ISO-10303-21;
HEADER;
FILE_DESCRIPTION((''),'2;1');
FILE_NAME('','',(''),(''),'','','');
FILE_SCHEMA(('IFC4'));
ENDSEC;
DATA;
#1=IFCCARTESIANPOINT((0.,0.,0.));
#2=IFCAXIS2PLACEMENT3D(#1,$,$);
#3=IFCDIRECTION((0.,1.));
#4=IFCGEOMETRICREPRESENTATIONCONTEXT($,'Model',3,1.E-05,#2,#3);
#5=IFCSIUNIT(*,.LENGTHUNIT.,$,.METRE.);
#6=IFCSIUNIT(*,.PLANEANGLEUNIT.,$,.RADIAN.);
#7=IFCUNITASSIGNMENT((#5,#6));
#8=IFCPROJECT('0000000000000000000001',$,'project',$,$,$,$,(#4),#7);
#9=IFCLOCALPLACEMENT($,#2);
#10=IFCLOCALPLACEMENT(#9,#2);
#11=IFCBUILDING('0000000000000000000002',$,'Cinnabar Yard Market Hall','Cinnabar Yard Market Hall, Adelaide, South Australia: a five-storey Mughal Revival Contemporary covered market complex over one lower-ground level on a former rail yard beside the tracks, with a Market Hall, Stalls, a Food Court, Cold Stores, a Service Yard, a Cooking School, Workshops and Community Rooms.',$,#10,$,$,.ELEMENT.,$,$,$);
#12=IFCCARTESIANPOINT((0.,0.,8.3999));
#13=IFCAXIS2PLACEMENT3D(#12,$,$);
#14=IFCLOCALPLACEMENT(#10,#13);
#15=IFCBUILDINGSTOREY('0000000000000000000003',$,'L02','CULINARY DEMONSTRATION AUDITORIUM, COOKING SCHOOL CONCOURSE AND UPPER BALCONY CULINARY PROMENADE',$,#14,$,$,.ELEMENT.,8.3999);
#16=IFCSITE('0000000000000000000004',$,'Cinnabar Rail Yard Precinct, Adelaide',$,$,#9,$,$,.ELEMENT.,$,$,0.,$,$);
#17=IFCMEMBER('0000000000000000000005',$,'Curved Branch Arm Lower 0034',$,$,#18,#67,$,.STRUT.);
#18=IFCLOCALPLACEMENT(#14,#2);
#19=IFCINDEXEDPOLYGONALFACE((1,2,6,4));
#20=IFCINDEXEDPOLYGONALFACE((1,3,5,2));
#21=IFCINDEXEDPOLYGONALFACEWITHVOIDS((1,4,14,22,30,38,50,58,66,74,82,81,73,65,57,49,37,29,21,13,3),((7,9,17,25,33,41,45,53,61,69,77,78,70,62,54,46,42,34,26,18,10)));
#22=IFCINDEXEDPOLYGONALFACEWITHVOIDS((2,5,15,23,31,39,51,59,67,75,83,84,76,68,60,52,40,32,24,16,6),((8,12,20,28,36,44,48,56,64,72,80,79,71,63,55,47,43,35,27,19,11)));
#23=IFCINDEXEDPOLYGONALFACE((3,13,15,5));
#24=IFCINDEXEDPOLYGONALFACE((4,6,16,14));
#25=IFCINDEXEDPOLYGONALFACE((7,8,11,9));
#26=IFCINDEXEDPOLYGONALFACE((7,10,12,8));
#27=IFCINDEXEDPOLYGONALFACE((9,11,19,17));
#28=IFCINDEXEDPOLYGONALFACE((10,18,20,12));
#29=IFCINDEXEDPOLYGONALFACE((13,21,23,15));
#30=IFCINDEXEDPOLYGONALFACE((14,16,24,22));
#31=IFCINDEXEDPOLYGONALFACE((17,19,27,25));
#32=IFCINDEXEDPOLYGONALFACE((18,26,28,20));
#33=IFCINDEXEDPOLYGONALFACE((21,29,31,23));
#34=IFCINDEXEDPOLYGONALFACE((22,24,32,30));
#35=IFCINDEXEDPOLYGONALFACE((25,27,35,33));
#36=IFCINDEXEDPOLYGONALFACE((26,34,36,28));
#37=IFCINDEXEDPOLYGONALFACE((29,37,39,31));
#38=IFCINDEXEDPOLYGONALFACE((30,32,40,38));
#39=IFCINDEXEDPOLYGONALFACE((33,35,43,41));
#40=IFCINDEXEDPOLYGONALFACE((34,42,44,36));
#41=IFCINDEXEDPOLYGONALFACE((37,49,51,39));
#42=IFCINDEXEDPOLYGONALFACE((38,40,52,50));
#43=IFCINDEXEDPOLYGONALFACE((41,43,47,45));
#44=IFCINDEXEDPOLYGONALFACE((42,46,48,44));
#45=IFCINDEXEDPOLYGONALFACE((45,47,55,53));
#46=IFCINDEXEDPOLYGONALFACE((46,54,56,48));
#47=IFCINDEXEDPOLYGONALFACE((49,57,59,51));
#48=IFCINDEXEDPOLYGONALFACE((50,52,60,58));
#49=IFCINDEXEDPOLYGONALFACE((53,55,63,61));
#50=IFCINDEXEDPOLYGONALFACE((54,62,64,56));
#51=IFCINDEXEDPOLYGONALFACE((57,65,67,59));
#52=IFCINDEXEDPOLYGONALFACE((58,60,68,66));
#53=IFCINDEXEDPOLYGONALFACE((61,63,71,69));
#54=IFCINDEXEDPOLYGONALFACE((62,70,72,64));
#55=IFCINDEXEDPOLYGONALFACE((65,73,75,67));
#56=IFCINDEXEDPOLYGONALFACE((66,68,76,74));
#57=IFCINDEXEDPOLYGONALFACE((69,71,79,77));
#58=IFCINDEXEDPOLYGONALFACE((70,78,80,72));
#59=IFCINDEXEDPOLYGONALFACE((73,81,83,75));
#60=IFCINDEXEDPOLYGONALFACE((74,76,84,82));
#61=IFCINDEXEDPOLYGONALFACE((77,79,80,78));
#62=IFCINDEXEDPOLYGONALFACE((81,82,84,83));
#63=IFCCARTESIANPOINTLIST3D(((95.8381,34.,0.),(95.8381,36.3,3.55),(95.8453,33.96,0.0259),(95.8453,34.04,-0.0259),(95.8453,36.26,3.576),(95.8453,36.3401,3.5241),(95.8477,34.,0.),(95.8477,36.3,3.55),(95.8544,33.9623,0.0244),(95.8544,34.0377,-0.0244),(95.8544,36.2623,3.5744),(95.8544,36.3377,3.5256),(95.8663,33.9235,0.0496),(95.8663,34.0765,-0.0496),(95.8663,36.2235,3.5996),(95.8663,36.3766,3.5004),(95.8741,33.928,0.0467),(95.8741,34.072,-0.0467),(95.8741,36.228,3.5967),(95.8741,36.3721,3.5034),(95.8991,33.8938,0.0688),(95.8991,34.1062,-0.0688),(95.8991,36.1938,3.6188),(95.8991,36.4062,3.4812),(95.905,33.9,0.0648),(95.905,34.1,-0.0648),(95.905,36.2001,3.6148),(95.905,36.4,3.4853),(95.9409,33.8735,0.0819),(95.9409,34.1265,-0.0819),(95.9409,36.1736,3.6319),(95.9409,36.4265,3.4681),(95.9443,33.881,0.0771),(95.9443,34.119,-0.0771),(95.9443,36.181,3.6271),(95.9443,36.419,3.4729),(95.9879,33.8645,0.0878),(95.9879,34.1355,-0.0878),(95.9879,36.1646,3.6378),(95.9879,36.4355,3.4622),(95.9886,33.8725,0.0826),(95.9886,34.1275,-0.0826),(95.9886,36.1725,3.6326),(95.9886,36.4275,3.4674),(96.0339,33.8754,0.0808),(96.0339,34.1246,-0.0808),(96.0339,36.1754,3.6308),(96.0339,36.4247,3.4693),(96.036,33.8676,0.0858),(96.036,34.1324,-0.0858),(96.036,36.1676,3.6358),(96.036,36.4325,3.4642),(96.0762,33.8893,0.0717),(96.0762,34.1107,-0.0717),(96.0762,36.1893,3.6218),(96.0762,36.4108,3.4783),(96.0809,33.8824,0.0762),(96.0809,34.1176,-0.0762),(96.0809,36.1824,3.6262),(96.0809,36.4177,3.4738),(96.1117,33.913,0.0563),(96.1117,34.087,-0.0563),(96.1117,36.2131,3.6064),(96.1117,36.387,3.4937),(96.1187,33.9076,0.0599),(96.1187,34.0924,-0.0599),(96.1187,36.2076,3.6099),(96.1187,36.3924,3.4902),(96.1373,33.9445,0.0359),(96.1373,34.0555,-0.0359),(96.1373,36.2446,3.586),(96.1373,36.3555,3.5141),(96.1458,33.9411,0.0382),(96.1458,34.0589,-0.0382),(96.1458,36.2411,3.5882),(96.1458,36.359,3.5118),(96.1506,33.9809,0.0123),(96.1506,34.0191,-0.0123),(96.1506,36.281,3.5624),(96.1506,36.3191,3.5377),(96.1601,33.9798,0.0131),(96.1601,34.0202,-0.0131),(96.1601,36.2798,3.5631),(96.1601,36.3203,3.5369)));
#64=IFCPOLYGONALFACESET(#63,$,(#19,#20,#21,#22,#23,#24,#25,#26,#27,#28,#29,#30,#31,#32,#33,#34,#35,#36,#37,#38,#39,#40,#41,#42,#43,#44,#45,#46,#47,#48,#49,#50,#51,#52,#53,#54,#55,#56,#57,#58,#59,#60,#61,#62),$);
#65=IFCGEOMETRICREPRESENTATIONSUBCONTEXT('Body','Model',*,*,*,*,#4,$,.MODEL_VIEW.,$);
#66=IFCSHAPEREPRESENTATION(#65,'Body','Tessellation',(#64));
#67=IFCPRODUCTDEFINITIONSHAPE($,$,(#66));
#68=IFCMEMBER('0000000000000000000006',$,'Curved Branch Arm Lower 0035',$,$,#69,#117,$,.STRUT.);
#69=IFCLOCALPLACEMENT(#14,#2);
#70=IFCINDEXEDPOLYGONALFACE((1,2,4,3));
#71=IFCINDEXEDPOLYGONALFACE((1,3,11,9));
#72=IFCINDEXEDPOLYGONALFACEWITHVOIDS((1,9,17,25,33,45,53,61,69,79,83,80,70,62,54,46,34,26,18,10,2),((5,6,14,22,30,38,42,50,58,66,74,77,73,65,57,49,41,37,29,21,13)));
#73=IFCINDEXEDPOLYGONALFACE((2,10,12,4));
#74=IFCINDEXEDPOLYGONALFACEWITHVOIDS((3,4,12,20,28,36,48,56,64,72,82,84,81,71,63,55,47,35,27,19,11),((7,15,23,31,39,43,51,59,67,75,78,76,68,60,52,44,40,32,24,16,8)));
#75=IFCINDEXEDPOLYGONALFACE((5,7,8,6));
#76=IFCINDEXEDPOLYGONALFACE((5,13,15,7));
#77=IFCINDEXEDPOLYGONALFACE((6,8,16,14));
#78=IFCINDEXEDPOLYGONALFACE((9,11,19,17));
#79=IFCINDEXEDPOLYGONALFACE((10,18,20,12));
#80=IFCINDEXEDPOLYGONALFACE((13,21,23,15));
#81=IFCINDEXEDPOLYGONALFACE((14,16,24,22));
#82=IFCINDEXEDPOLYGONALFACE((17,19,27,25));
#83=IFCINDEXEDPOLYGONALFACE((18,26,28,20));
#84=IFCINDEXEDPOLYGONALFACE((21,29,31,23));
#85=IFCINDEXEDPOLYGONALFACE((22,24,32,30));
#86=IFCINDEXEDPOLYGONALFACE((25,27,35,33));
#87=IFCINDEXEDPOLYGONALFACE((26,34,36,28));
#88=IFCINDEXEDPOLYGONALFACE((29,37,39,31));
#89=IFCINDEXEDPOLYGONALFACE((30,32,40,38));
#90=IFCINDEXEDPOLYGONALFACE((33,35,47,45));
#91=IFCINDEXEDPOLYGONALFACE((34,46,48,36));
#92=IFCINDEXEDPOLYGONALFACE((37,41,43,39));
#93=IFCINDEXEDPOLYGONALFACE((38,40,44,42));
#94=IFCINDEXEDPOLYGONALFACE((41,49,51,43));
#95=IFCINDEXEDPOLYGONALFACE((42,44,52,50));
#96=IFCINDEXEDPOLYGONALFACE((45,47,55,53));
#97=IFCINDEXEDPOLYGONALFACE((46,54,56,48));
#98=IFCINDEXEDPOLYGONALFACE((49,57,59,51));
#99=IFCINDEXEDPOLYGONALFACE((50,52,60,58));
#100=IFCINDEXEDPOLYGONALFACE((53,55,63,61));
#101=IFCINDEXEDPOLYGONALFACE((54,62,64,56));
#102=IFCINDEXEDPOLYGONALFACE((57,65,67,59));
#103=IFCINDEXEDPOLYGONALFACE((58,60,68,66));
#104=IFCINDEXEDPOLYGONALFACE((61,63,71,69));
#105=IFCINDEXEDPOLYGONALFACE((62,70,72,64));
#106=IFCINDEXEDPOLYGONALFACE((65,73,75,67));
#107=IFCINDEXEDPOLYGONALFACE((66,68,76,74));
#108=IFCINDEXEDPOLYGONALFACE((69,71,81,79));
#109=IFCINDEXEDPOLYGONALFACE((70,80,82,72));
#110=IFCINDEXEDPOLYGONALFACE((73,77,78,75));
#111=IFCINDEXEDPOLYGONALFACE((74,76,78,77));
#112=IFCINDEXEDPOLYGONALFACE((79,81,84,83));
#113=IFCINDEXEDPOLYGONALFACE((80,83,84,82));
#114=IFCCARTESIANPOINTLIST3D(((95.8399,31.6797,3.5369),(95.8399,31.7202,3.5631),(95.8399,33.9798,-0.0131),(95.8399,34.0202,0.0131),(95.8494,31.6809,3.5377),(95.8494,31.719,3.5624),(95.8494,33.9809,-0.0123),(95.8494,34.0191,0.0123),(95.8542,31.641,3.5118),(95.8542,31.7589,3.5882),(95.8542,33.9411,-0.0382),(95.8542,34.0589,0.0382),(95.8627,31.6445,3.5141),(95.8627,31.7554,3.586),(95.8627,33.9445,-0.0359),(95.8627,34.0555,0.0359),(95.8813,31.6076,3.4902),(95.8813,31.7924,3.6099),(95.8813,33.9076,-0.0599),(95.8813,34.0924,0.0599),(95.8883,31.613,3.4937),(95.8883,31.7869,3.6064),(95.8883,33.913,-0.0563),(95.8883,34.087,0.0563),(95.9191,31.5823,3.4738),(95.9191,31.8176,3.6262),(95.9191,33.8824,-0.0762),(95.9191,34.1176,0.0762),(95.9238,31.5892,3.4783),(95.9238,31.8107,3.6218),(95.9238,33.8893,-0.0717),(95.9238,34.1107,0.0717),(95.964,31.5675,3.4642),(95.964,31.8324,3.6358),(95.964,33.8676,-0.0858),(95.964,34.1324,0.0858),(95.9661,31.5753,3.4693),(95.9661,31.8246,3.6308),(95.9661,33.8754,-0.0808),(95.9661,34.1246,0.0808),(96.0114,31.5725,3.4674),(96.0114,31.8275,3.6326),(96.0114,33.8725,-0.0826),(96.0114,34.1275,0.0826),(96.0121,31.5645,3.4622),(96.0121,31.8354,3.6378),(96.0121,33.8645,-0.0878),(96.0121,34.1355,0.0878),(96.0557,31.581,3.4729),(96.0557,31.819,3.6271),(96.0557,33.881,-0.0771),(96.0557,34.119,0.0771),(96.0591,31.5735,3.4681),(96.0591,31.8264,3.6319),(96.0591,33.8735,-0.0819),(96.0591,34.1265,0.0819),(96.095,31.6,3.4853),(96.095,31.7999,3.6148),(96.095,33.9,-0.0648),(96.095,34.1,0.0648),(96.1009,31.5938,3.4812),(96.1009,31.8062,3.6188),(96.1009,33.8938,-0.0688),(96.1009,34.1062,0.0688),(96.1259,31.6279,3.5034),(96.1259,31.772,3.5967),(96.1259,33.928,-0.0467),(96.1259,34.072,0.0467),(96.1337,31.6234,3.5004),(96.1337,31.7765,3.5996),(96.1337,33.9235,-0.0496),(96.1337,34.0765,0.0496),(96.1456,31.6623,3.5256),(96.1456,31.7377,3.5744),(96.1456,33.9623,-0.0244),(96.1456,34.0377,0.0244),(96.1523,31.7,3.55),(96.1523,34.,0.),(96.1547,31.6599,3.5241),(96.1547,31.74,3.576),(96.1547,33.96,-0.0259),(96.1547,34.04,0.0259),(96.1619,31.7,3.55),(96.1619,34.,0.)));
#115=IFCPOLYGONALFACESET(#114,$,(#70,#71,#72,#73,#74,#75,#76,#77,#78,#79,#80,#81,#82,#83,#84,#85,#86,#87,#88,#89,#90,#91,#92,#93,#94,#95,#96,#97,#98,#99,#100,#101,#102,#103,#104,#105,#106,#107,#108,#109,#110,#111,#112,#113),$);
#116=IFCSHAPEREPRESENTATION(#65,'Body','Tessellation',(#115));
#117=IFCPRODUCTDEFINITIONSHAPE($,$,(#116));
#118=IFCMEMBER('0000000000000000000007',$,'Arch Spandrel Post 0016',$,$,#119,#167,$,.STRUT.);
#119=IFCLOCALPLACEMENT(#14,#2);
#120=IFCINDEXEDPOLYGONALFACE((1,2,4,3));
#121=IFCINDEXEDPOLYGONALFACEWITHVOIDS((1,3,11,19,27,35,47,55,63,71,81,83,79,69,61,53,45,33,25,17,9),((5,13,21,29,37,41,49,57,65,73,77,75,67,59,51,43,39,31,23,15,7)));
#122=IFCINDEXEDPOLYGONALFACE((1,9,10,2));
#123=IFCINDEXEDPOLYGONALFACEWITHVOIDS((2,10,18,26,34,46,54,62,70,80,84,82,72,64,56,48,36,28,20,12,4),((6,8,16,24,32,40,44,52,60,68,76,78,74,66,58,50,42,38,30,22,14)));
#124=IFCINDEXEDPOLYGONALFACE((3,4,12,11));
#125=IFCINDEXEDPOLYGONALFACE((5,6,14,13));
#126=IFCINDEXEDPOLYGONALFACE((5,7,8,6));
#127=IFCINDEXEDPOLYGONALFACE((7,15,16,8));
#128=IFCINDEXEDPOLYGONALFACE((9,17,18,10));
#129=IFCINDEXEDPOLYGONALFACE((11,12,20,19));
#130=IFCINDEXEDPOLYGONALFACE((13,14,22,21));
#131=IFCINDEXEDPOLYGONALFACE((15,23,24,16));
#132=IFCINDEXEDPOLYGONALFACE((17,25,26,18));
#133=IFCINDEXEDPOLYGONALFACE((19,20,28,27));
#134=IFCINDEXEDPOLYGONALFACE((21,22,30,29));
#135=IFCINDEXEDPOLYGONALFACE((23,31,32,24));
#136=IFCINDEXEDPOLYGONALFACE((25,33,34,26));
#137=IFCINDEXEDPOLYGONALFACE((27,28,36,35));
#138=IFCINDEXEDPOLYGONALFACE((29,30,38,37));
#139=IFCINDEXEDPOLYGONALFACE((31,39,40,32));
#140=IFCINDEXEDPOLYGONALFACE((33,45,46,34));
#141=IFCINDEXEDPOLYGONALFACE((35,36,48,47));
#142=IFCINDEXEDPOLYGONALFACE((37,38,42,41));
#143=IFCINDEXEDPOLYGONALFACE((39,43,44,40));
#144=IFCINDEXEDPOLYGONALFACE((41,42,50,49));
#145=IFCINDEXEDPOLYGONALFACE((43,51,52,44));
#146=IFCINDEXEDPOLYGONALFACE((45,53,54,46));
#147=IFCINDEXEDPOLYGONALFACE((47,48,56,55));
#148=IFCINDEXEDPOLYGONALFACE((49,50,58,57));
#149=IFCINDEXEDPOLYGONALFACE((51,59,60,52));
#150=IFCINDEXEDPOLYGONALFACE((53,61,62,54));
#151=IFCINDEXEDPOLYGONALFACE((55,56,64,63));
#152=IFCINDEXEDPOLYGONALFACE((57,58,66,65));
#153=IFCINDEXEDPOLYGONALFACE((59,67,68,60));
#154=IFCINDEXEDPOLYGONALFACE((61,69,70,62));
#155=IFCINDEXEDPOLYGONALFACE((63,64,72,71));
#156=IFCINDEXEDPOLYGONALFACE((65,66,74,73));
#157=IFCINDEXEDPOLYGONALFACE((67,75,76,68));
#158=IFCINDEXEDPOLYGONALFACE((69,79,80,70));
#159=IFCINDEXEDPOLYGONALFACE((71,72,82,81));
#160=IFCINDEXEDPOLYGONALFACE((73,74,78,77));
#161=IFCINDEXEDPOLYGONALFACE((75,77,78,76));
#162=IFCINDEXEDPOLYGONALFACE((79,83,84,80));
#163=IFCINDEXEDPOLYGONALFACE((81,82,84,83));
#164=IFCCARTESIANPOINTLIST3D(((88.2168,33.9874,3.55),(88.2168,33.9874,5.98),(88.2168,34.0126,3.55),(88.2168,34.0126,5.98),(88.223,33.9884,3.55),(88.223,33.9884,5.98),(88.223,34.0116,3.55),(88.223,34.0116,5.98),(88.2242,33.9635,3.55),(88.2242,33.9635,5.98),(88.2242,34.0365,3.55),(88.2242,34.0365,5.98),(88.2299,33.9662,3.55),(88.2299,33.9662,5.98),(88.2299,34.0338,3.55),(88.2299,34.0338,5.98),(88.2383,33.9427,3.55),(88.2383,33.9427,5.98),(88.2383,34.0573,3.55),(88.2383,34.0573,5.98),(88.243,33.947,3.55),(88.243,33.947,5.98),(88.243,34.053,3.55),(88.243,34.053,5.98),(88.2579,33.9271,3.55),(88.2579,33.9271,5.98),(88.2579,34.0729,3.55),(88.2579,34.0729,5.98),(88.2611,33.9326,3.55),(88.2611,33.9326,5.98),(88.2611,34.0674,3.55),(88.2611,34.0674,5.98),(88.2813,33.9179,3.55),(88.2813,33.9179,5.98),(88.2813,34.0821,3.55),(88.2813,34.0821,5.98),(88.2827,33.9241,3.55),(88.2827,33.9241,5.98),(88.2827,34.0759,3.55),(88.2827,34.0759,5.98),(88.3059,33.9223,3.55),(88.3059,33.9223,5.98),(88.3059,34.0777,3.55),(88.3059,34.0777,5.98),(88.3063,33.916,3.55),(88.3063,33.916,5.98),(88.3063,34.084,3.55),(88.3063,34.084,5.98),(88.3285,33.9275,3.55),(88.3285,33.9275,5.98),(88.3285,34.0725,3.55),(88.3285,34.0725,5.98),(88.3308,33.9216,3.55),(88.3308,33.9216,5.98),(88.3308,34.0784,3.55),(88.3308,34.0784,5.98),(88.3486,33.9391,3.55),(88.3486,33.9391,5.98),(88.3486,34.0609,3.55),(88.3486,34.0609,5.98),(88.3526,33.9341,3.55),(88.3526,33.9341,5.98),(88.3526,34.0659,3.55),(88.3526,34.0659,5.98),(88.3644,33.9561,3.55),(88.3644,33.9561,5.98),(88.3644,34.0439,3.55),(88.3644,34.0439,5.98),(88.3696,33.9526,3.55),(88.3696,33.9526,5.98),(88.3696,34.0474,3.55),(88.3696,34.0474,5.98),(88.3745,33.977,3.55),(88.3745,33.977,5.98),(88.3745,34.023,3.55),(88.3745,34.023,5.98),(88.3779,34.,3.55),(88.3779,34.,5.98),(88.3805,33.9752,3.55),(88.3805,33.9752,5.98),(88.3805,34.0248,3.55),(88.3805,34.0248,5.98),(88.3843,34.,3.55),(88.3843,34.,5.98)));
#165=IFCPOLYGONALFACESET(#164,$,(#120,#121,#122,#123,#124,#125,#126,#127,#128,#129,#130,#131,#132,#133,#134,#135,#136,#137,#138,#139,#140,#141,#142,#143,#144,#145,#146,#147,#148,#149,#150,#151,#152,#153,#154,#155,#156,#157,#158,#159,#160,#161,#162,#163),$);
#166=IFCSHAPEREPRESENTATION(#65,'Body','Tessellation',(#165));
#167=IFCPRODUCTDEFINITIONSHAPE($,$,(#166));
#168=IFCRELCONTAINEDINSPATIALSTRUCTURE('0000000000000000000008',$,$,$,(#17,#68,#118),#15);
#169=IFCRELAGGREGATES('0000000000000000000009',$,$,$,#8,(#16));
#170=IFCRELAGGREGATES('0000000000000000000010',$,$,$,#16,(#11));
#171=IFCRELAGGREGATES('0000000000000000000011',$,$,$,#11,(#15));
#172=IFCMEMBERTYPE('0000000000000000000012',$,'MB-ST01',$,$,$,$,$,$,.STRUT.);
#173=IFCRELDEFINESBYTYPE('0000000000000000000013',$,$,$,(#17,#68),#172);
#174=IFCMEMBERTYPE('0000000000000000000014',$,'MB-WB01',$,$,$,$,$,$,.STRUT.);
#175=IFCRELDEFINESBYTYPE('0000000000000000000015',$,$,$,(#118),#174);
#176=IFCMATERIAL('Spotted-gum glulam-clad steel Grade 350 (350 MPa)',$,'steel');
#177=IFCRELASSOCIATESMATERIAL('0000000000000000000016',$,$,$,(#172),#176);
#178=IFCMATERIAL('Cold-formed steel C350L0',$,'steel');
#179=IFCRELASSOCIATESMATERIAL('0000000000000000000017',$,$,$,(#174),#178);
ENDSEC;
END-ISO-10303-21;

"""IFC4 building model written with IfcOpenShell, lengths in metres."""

from ifc_helpers import new_model, si_unit, direction, frame, origin, origin_2d_with_axis, place, context, subcontext, project, spatial, hollow_circle, extrude, material, material_profile, profile_set, type_object, element, save


model = new_model("IFC4")

# Units and contexts
model_context = context("Model", 3, precision=1e-05, world=origin(), true_north=direction((0.0, 1.0)))
body_context = subcontext(model_context, "Body", "Model", "MODEL_VIEW")
ifc_project = project(units=[si_unit("LENGTHUNIT", "METRE"), si_unit("PLANEANGLEUNIT", "RADIAN")], contexts=[model_context])

# Site, building, storey
site_placement = place(None, origin())
site = spatial("IfcSite", under=ifc_project, at=site_placement, Name="Cinnabar Rail Yard Precinct, Adelaide", CompositionType="ELEMENT", RefElevation=0.0)
building_placement = place(site_placement, origin())
building = spatial("IfcBuilding", under=site, at=building_placement, Name="Cinnabar Yard Market Hall", Description="Cinnabar Yard Market Hall, Adelaide, South Australia: a five-storey Mughal Revival Contemporary covered market complex over one lower-ground level on a former rail yard beside the tracks, with a Market Hall, Stalls, a Food Court, Cold Stores, a Service Yard, a Cooking School, Workshops and Community Rooms.", CompositionType="ELEMENT")
storey_placement = place(building_placement, frame((0.0, 0.0, 8.3999)))
storey = spatial("IfcBuildingStorey", under=building, at=storey_placement, Name="L02", Description="CULINARY DEMONSTRATION AUDITORIUM, COOKING SCHOOL CONCOURSE AND UPPER BALCONY CULINARY PROMENADE", CompositionType="ELEMENT", Elevation=8.3999)

# Shared definitions
ifc_material_1 = material(Name="Spotted-gum glulam-clad steel Grade 350 (350 MPa)", Category="steel")

# Members
ifc_material_profile_1 = material_profile(ifc_material_1, hollow_circle(Radius=0.1619, WallThickness=0.0095, at=origin_2d_with_axis()), Name="323.9x9.5CHS")
ifc_profile_set_1 = profile_set([ifc_material_profile_1], Name="Spotted-gum glulam-clad steel Grade 350 (350 MPa)")
member_type_1 = type_object("IfcMemberType", Name="MB-ST01", PredefinedType="STRUT", material=ifc_profile_set_1)
for number, where, z_axis, x_axis, name in (
    (1, (96.0, 34.0, 0.0), (0.0, 0.543744, 0.839251), (-1.0, 0.0, 0.0), "Curved Branch Arm Lower 0034"),
    (2, (96.0, 34.0, 0.0), (0.0, -0.543744, 0.839251), (1.0, 0.0, 0.0), "Curved Branch Arm Lower 0035"),
):
    element("IfcMember", number, at=place(storey_placement, frame(where, z_axis=z_axis, x_axis=x_axis)), inside=storey, type_object=member_type_1, Name=name, PredefinedType="STRUT", context=body_context, shape_type="SweptSolid", body=[
        extrude(hollow_circle(Radius=0.1619, WallThickness=0.0095, at=origin_2d_with_axis()), origin(), (0.0, 0.0, 1.0), 4.23),
    ])
ifc_material_2 = material(Name="Cold-formed steel C350L0", Category="steel")
ifc_material_profile_2 = material_profile(ifc_material_2, hollow_circle(Radius=0.0842, WallThickness=0.0063, at=origin_2d_with_axis()), Name="168.3x6.4CHS")
ifc_profile_set_2 = profile_set([ifc_material_profile_2], Name="Cold-formed steel C350L0")
member_type_2 = type_object("IfcMemberType", Name="MB-WB01", PredefinedType="STRUT", material=ifc_profile_set_2)
for number, where, z_axis, x_axis, name in (
    (3, (88.3, 34.0, 3.55), (0.0, 0.0, 1.0), (1.0, 0.0, 0.0), "Arch Spandrel Post 0016"),
):
    element("IfcMember", number, at=place(storey_placement, frame(where, z_axis=z_axis, x_axis=x_axis)), inside=storey, type_object=member_type_2, Name=name, PredefinedType="STRUT", context=body_context, shape_type="SweptSolid", body=[
        extrude(hollow_circle(Radius=0.0842, WallThickness=0.0063, at=origin_2d_with_axis()), origin(), (0.0, 0.0, 1.0), 2.4299),
    ])

save(model, "model.ifc")
